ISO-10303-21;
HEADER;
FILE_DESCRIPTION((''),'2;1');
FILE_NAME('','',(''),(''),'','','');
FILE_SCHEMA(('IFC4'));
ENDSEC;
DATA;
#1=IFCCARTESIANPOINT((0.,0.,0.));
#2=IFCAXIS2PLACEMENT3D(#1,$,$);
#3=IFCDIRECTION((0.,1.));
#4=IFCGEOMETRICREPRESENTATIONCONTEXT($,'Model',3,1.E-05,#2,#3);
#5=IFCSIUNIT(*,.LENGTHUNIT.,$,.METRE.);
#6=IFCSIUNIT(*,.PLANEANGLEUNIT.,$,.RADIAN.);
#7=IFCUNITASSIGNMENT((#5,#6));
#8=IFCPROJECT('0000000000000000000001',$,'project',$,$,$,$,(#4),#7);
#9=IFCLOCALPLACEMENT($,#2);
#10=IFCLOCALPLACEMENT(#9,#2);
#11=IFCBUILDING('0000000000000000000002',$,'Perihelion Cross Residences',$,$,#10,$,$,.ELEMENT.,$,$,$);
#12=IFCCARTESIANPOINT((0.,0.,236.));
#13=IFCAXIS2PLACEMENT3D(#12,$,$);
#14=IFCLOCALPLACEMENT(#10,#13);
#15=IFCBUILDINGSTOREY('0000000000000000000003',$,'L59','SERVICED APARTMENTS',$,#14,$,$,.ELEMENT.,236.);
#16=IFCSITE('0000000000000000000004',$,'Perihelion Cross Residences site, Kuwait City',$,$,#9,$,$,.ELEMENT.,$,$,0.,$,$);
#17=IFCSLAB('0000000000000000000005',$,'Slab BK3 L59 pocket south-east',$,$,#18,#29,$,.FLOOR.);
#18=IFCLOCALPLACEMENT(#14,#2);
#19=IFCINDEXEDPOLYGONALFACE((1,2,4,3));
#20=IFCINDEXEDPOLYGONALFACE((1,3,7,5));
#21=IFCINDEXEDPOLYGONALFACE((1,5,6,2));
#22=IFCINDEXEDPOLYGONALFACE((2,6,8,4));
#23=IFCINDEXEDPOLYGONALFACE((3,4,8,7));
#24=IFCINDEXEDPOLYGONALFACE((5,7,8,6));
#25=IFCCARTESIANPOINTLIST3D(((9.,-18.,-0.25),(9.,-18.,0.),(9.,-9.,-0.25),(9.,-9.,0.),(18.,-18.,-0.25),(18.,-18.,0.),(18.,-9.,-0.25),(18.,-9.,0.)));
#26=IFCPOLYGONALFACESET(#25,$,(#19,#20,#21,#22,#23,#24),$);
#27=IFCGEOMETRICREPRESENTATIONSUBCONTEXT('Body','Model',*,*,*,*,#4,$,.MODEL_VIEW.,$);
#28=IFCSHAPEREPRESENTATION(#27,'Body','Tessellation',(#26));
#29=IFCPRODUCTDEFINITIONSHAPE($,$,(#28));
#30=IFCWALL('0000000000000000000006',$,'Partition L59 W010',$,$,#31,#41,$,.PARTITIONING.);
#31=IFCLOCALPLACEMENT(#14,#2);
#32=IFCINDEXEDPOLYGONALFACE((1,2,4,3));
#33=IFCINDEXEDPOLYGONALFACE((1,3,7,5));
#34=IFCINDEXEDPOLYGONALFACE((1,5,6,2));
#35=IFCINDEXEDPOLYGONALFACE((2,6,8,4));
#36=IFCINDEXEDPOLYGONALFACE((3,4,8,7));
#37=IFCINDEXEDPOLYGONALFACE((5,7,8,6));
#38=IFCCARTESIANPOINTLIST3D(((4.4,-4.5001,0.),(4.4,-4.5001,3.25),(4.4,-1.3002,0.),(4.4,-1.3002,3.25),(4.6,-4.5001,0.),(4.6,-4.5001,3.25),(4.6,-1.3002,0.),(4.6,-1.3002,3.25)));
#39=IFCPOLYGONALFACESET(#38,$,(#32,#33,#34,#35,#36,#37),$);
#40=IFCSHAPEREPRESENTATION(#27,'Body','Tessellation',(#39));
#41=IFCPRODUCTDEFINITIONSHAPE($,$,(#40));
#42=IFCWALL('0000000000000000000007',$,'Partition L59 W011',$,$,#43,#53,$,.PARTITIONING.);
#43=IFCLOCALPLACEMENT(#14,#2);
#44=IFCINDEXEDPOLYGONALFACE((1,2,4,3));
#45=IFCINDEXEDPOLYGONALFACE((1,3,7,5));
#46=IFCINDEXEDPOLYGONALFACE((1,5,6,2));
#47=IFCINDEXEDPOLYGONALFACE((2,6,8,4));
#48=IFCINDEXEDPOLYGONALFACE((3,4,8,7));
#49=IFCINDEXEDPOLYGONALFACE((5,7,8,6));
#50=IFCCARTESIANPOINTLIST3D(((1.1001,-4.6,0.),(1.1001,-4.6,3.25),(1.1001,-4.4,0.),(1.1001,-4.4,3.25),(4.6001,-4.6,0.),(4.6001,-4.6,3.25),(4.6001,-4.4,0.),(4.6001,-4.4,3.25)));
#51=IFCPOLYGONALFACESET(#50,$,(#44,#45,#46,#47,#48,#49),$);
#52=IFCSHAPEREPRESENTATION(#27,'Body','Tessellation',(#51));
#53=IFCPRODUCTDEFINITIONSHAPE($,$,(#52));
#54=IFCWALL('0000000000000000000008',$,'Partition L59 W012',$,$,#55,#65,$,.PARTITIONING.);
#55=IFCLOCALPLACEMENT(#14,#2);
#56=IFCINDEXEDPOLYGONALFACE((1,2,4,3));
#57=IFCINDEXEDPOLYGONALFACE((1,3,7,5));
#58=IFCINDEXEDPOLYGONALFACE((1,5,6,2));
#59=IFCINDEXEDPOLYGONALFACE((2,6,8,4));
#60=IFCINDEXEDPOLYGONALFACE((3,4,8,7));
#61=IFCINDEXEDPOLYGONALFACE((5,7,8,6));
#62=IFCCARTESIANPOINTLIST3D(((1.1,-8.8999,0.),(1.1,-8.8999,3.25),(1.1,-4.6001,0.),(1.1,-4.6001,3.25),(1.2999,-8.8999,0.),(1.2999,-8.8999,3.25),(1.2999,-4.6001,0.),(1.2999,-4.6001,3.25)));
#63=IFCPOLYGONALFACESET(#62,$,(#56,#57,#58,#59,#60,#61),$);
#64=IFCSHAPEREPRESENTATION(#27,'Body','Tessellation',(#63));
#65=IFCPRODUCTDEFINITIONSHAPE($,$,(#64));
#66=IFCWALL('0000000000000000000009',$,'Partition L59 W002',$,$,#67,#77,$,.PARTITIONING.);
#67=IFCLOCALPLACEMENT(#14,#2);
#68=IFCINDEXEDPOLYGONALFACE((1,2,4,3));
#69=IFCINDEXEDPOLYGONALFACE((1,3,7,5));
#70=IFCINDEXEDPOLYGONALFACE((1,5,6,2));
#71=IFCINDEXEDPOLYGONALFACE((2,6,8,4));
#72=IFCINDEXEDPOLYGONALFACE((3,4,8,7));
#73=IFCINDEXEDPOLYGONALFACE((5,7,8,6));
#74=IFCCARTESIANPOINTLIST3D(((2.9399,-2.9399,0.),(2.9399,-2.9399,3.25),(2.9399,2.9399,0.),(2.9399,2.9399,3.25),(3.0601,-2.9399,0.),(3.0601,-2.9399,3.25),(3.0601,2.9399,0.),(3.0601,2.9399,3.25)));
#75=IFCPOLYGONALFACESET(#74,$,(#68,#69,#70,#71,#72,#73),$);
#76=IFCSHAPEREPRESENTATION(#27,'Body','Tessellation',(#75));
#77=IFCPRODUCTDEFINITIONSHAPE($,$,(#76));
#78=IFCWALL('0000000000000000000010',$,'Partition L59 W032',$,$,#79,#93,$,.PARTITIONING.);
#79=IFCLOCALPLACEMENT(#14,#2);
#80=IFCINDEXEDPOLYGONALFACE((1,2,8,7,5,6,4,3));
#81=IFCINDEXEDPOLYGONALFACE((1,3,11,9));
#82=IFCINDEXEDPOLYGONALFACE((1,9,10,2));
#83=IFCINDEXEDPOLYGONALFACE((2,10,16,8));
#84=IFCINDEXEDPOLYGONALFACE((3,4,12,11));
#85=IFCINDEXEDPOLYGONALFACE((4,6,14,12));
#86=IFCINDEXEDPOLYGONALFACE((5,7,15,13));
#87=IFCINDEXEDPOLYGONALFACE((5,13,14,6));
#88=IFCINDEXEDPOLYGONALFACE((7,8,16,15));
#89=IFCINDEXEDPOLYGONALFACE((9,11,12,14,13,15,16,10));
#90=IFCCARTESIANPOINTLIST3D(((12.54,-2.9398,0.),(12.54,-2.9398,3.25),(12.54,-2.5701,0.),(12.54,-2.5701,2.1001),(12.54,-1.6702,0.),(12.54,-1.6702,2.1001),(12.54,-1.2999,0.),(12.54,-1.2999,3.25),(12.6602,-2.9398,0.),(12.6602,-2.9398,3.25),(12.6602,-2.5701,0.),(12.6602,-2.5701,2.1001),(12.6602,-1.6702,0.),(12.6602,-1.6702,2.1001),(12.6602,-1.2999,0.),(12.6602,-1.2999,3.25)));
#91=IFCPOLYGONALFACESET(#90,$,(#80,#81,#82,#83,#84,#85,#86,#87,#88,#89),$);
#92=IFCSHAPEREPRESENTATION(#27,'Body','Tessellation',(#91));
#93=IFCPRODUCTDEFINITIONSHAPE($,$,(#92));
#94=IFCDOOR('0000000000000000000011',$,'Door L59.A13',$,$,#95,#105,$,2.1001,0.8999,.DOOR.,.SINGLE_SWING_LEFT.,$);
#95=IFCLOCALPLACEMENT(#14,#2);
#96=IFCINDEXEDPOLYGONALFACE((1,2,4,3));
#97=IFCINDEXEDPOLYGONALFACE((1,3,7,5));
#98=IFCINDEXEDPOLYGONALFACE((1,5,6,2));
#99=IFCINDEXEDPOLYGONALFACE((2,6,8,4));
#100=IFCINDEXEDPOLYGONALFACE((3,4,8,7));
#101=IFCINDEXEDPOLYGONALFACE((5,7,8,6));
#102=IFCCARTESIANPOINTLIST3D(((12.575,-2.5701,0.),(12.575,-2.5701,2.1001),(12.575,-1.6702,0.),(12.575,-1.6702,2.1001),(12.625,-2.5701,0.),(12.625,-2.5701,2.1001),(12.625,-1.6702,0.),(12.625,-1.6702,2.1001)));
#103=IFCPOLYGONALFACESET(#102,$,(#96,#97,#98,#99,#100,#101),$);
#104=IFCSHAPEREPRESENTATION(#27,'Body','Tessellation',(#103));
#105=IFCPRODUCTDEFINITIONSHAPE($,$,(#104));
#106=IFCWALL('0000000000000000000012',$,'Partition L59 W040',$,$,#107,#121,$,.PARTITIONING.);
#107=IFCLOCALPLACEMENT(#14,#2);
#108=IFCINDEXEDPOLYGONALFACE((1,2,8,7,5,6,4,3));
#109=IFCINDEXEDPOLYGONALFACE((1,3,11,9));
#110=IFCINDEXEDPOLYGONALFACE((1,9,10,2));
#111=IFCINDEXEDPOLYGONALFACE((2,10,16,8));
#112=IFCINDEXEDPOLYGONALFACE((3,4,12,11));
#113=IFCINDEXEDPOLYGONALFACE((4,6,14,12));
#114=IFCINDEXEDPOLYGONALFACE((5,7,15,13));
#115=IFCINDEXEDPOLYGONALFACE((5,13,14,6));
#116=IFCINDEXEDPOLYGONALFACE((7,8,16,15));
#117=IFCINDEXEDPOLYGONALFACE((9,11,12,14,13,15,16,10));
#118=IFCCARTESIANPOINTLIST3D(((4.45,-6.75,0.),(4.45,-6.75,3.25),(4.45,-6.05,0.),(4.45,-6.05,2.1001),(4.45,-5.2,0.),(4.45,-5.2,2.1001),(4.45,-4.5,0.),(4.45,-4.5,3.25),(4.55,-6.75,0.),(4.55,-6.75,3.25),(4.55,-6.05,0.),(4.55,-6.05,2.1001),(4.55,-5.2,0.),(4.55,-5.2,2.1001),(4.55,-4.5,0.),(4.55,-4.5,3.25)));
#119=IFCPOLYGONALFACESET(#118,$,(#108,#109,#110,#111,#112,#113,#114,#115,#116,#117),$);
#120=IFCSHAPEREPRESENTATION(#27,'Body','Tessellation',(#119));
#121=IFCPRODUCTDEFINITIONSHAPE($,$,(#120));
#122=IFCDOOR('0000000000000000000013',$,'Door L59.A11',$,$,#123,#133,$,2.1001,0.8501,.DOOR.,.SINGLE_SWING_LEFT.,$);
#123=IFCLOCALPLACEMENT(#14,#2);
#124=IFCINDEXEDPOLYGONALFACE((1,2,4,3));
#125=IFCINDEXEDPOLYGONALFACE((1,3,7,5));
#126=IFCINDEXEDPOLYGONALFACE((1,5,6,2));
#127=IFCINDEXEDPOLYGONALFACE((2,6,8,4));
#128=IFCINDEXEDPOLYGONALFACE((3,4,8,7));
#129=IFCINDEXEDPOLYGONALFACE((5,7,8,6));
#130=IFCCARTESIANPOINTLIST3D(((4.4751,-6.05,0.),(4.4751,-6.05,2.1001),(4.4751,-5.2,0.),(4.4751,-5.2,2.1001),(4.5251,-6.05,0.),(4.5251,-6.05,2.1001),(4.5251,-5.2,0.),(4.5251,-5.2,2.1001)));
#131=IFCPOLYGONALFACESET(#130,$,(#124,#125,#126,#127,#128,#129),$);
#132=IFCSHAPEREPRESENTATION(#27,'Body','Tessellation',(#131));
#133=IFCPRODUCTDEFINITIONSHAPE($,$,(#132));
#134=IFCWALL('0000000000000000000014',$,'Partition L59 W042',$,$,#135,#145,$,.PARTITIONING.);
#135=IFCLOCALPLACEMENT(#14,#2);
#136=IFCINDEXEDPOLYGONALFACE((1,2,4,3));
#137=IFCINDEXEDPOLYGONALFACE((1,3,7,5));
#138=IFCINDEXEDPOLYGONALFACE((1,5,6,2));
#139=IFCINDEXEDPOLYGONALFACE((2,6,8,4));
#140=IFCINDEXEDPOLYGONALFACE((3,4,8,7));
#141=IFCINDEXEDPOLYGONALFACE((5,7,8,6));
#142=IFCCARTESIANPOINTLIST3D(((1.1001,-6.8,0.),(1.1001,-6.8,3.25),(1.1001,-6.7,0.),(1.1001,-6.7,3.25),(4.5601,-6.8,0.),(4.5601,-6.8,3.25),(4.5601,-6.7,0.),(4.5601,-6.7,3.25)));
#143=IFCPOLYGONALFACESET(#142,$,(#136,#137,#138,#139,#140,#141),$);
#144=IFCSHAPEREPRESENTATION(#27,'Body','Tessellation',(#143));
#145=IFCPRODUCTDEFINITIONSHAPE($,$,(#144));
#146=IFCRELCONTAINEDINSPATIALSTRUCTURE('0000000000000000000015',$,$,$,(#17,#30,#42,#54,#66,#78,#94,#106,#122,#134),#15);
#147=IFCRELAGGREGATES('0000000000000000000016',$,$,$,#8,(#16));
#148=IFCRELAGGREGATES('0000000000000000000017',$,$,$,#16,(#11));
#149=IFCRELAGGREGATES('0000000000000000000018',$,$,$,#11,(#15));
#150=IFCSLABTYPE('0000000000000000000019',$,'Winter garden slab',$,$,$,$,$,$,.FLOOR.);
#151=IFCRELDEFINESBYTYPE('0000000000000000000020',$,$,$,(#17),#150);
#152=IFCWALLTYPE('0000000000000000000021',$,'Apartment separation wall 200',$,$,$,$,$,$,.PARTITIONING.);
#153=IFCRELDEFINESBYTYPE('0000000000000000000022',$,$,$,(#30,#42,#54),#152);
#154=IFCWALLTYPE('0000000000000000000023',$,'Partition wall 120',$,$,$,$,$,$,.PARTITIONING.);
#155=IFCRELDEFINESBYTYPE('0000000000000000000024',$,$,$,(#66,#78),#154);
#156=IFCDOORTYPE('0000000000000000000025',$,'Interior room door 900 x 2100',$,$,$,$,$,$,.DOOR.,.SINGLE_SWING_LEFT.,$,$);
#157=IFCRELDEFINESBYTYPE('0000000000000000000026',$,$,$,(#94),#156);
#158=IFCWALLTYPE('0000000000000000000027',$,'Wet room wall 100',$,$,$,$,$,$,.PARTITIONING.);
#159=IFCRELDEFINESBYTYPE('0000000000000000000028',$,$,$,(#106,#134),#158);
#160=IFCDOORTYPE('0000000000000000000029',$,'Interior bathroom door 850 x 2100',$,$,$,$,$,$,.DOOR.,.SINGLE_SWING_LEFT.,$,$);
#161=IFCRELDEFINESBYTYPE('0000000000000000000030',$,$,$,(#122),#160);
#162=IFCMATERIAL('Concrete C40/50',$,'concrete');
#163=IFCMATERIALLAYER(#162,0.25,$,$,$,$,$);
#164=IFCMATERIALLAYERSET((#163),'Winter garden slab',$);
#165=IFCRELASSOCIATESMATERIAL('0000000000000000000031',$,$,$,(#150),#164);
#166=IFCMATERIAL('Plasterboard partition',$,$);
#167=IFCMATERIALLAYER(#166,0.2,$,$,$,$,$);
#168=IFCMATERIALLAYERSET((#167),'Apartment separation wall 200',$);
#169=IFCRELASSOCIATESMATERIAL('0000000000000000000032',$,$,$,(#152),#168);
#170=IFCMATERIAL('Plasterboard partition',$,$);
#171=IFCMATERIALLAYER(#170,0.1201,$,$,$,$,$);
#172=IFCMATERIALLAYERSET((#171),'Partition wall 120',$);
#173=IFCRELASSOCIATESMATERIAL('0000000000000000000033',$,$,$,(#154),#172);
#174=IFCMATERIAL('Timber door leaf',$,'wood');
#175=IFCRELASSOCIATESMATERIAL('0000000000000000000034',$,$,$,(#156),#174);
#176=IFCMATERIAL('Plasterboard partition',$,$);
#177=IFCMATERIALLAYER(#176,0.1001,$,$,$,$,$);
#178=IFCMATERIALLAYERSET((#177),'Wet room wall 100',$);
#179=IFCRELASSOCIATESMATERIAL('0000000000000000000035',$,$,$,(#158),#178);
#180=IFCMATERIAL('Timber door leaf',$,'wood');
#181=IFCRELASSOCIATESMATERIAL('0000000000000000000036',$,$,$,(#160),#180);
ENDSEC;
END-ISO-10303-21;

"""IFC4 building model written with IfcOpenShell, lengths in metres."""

from ifc_helpers import new_model, si_unit, direction, frame, frame_2d, origin, place, context, subcontext, project, spatial, polyline, rectangle, outline, extrude, material, layer, layer_set, type_object, element, fill, save


model = new_model("IFC4")

# Units and contexts
model_context = context("Model", 3, precision=1e-05, world=origin(), true_north=direction((0.0, 1.0)))
body_context = subcontext(model_context, "Body", "Model", "MODEL_VIEW")
ifc_project = project(units=[si_unit("LENGTHUNIT", "METRE"), si_unit("PLANEANGLEUNIT", "RADIAN")], contexts=[model_context])

# Site, building, storey
site_placement = place(None, origin())
site = spatial("IfcSite", under=ifc_project, at=site_placement, Name="Perihelion Cross Residences site, Kuwait City", CompositionType="ELEMENT", RefElevation=0.0)
building_placement = place(site_placement, origin())
building = spatial("IfcBuilding", under=site, at=building_placement, Name="Perihelion Cross Residences", CompositionType="ELEMENT")
storey_placement = place(building_placement, frame((0.0, 0.0, 236.0)))
storey = spatial("IfcBuildingStorey", under=building, at=storey_placement, Name="L59", Description="SERVICED APARTMENTS", CompositionType="ELEMENT", Elevation=236.0)

# Slab
ifc_material_1 = material(Name="Concrete C40/50", Category="concrete")
ifc_layer_1 = layer(ifc_material_1, 0.25)
ifc_layer_set_1 = layer_set([ifc_layer_1], Name="Winter garden slab")
slab_type_1 = type_object("IfcSlabType", Name="Winter garden slab", PredefinedType="FLOOR", material=ifc_layer_set_1)
slab_1_placement = place(storey_placement, frame((0.0, 0.0, -0.25)))
element("IfcSlab", 1, at=slab_1_placement, inside=storey, type_object=slab_type_1, Name="Slab BK3 L59 pocket south-east", PredefinedType="FLOOR", context=body_context, shape_type="SweptSolid", body=[
    extrude(outline(polyline([(18.0, -18.0), (18.0, -9.0), (9.0, -9.0), (9.0, -18.0), (18.0, -18.0)])), origin(), (0.0, 0.0, 1.0), 0.25),
])

# Walls
ifc_material_2 = material(Name="Plasterboard partition")
ifc_layer_2 = layer(ifc_material_2, 0.2)
ifc_layer_set_2 = layer_set([ifc_layer_2], Name="Apartment separation wall 200")
wall_type_1 = type_object("IfcWallType", Name="Apartment separation wall 200", PredefinedType="PARTITIONING", material=ifc_layer_set_2)
wall_1_placement = place(storey_placement, frame((4.5, -1.3, 0.0), z_axis=(0.0, 0.0, 1.0), x_axis=(0.0, -1.0, 0.0)))
element("IfcWall", 2, at=wall_1_placement, inside=storey, type_object=wall_type_1, Name="Partition L59 W010", PredefinedType="PARTITIONING", context=body_context, shape_type="SweptSolid", body=[
    extrude(rectangle(XDim=3.2, YDim=0.2, at=frame_2d((1.6001, 0.0))), origin(), (0.0, 0.0, 1.0), 3.25),
])
wall_2_placement = place(storey_placement, frame((4.6001, -4.5, 0.0), z_axis=(0.0, 0.0, 1.0), x_axis=(-1.0, 0.0, 0.0)))
element("IfcWall", 3, at=wall_2_placement, inside=storey, type_object=wall_type_1, Name="Partition L59 W011", PredefinedType="PARTITIONING", context=body_context, shape_type="SweptSolid", body=[
    extrude(rectangle(XDim=3.5, YDim=0.2, at=frame_2d((1.75, 0.0))), origin(), (0.0, 0.0, 1.0), 3.25),
])
wall_3_placement = place(storey_placement, frame((1.2, -4.6001, 0.0), z_axis=(0.0, 0.0, 1.0), x_axis=(0.0, -1.0, 0.0)))
element("IfcWall", 4, at=wall_3_placement, inside=storey, type_object=wall_type_1, Name="Partition L59 W012", PredefinedType="PARTITIONING", context=body_context, shape_type="SweptSolid", body=[
    extrude(rectangle(XDim=4.2998, YDim=0.2, at=frame_2d((2.1499, 0.0))), origin(), (0.0, 0.0, 1.0), 3.25),
])
ifc_material_3 = material(Name="Plasterboard partition")
ifc_layer_3 = layer(ifc_material_3, 0.1201)
ifc_layer_set_3 = layer_set([ifc_layer_3], Name="Partition wall 120")
wall_type_2 = type_object("IfcWallType", Name="Partition wall 120", PredefinedType="PARTITIONING", material=ifc_layer_set_3)
wall_4_placement = place(storey_placement, frame((3.0, -2.9399, 0.0), z_axis=(0.0, 0.0, 1.0), x_axis=(0.0, 1.0, 0.0)))
element("IfcWall", 5, at=wall_4_placement, inside=storey, type_object=wall_type_2, Name="Partition L59 W002", PredefinedType="PARTITIONING", context=body_context, shape_type="SweptSolid", body=[
    extrude(rectangle(XDim=5.8799, YDim=0.1201, at=frame_2d((2.9399, 0.0))), origin(), (0.0, 0.0, 1.0), 3.25),
])

# Walls, openings, doors
wall_5_placement = place(storey_placement, frame((12.6001, -1.3, 0.0), z_axis=(0.0, 0.0, 1.0), x_axis=(0.0, -1.0, 0.0)))
wall_5 = element("IfcWall", 6, at=wall_5_placement, inside=storey, type_object=wall_type_2, Name="Partition L59 W032", PredefinedType="PARTITIONING", context=body_context, shape_type="SweptSolid", body=[
    extrude(rectangle(XDim=1.6399, YDim=0.1201, at=frame_2d((0.8198, 0.0))), origin(), (0.0, 0.0, 1.0), 3.25),
])
opening_1_placement = place(wall_5_placement, frame((0.3701, 0.0, 0.0)))
opening_1 = element("IfcOpeningElement", 7, at=opening_1_placement, cuts=wall_5, PredefinedType="OPENING", context=body_context, shape_type="SweptSolid", body=[
    extrude(rectangle(XDim=0.8999, YDim=2.1001, at=frame_2d((0.45, 1.05))), frame((0.0, 0.0701, 0.0), z_axis=(0.0, -1.0, 0.0), x_axis=(1.0, 0.0, 0.0)), (0.0, 0.0, 1.0), 0.1401),
])
ifc_material_4 = material(Name="Timber door leaf", Category="wood")
door_type_1 = type_object("IfcDoorType", Name="Interior room door 900 x 2100", OperationType="SINGLE_SWING_LEFT", PredefinedType="DOOR", material=ifc_material_4)
door_1_placement = place(opening_1_placement, origin())
door_1 = element("IfcDoor", 8, at=door_1_placement, inside=storey, type_object=door_type_1, Name="Door L59.A13", OperationType="SINGLE_SWING_LEFT", OverallHeight=2.1001, OverallWidth=0.8999, PredefinedType="DOOR", context=body_context, shape_type="SweptSolid", body=[
    extrude(rectangle(XDim=0.8999, YDim=2.1001, at=frame_2d((0.45, 1.05))), frame((0.0, 0.0249, 0.0), z_axis=(0.0, -1.0, 0.0), x_axis=(1.0, 0.0, 0.0)), (0.0, 0.0, 1.0), 0.05),
])
fill(opening_1, door_1)
ifc_material_5 = material(Name="Plasterboard partition")
ifc_layer_4 = layer(ifc_material_5, 0.1001)
ifc_layer_set_4 = layer_set([ifc_layer_4], Name="Wet room wall 100")
wall_type_3 = type_object("IfcWallType", Name="Wet room wall 100", PredefinedType="PARTITIONING", material=ifc_layer_set_4)
wall_6_placement = place(storey_placement, frame((4.5, -6.75, 0.0), z_axis=(0.0, 0.0, 1.0), x_axis=(0.0, 1.0, 0.0)))
wall_6 = element("IfcWall", 9, at=wall_6_placement, inside=storey, type_object=wall_type_3, Name="Partition L59 W040", PredefinedType="PARTITIONING", context=body_context, shape_type="SweptSolid", body=[
    extrude(rectangle(XDim=2.25, YDim=0.1001, at=frame_2d((1.125, 0.0))), origin(), (0.0, 0.0, 1.0), 3.25),
])
opening_2_placement = place(wall_6_placement, frame((0.7, 0.0, 0.0)))
opening_2 = element("IfcOpeningElement", 10, at=opening_2_placement, cuts=wall_6, PredefinedType="OPENING", context=body_context, shape_type="SweptSolid", body=[
    extrude(rectangle(XDim=0.8501, YDim=2.1001, at=frame_2d((0.425, 1.05))), frame((0.0, 0.0601, 0.0), z_axis=(0.0, -1.0, 0.0), x_axis=(1.0, 0.0, 0.0)), (0.0, 0.0, 1.0), 0.1201),
])
ifc_material_6 = material(Name="Timber door leaf", Category="wood")
door_type_2 = type_object("IfcDoorType", Name="Interior bathroom door 850 x 2100", OperationType="SINGLE_SWING_LEFT", PredefinedType="DOOR", material=ifc_material_6)
door_2_placement = place(opening_2_placement, origin())
door_2 = element("IfcDoor", 11, at=door_2_placement, inside=storey, type_object=door_type_2, Name="Door L59.A11", OperationType="SINGLE_SWING_LEFT", OverallHeight=2.1001, OverallWidth=0.8501, PredefinedType="DOOR", context=body_context, shape_type="SweptSolid", body=[
    extrude(rectangle(XDim=0.8501, YDim=2.1001, at=frame_2d((0.425, 1.05))), frame((0.0, 0.0249, 0.0), z_axis=(0.0, -1.0, 0.0), x_axis=(1.0, 0.0, 0.0)), (0.0, 0.0, 1.0), 0.05),
])
fill(opening_2, door_2)

# Wall
wall_7_placement = place(storey_placement, frame((4.5601, -6.75, 0.0), z_axis=(0.0, 0.0, 1.0), x_axis=(-1.0, 0.0, 0.0)))
element("IfcWall", 12, at=wall_7_placement, inside=storey, type_object=wall_type_3, Name="Partition L59 W042", PredefinedType="PARTITIONING", context=body_context, shape_type="SweptSolid", body=[
    extrude(rectangle(XDim=3.46, YDim=0.1001, at=frame_2d((1.73, 0.0))), origin(), (0.0, 0.0, 1.0), 3.25),
])

save(model, "model.ifc")
